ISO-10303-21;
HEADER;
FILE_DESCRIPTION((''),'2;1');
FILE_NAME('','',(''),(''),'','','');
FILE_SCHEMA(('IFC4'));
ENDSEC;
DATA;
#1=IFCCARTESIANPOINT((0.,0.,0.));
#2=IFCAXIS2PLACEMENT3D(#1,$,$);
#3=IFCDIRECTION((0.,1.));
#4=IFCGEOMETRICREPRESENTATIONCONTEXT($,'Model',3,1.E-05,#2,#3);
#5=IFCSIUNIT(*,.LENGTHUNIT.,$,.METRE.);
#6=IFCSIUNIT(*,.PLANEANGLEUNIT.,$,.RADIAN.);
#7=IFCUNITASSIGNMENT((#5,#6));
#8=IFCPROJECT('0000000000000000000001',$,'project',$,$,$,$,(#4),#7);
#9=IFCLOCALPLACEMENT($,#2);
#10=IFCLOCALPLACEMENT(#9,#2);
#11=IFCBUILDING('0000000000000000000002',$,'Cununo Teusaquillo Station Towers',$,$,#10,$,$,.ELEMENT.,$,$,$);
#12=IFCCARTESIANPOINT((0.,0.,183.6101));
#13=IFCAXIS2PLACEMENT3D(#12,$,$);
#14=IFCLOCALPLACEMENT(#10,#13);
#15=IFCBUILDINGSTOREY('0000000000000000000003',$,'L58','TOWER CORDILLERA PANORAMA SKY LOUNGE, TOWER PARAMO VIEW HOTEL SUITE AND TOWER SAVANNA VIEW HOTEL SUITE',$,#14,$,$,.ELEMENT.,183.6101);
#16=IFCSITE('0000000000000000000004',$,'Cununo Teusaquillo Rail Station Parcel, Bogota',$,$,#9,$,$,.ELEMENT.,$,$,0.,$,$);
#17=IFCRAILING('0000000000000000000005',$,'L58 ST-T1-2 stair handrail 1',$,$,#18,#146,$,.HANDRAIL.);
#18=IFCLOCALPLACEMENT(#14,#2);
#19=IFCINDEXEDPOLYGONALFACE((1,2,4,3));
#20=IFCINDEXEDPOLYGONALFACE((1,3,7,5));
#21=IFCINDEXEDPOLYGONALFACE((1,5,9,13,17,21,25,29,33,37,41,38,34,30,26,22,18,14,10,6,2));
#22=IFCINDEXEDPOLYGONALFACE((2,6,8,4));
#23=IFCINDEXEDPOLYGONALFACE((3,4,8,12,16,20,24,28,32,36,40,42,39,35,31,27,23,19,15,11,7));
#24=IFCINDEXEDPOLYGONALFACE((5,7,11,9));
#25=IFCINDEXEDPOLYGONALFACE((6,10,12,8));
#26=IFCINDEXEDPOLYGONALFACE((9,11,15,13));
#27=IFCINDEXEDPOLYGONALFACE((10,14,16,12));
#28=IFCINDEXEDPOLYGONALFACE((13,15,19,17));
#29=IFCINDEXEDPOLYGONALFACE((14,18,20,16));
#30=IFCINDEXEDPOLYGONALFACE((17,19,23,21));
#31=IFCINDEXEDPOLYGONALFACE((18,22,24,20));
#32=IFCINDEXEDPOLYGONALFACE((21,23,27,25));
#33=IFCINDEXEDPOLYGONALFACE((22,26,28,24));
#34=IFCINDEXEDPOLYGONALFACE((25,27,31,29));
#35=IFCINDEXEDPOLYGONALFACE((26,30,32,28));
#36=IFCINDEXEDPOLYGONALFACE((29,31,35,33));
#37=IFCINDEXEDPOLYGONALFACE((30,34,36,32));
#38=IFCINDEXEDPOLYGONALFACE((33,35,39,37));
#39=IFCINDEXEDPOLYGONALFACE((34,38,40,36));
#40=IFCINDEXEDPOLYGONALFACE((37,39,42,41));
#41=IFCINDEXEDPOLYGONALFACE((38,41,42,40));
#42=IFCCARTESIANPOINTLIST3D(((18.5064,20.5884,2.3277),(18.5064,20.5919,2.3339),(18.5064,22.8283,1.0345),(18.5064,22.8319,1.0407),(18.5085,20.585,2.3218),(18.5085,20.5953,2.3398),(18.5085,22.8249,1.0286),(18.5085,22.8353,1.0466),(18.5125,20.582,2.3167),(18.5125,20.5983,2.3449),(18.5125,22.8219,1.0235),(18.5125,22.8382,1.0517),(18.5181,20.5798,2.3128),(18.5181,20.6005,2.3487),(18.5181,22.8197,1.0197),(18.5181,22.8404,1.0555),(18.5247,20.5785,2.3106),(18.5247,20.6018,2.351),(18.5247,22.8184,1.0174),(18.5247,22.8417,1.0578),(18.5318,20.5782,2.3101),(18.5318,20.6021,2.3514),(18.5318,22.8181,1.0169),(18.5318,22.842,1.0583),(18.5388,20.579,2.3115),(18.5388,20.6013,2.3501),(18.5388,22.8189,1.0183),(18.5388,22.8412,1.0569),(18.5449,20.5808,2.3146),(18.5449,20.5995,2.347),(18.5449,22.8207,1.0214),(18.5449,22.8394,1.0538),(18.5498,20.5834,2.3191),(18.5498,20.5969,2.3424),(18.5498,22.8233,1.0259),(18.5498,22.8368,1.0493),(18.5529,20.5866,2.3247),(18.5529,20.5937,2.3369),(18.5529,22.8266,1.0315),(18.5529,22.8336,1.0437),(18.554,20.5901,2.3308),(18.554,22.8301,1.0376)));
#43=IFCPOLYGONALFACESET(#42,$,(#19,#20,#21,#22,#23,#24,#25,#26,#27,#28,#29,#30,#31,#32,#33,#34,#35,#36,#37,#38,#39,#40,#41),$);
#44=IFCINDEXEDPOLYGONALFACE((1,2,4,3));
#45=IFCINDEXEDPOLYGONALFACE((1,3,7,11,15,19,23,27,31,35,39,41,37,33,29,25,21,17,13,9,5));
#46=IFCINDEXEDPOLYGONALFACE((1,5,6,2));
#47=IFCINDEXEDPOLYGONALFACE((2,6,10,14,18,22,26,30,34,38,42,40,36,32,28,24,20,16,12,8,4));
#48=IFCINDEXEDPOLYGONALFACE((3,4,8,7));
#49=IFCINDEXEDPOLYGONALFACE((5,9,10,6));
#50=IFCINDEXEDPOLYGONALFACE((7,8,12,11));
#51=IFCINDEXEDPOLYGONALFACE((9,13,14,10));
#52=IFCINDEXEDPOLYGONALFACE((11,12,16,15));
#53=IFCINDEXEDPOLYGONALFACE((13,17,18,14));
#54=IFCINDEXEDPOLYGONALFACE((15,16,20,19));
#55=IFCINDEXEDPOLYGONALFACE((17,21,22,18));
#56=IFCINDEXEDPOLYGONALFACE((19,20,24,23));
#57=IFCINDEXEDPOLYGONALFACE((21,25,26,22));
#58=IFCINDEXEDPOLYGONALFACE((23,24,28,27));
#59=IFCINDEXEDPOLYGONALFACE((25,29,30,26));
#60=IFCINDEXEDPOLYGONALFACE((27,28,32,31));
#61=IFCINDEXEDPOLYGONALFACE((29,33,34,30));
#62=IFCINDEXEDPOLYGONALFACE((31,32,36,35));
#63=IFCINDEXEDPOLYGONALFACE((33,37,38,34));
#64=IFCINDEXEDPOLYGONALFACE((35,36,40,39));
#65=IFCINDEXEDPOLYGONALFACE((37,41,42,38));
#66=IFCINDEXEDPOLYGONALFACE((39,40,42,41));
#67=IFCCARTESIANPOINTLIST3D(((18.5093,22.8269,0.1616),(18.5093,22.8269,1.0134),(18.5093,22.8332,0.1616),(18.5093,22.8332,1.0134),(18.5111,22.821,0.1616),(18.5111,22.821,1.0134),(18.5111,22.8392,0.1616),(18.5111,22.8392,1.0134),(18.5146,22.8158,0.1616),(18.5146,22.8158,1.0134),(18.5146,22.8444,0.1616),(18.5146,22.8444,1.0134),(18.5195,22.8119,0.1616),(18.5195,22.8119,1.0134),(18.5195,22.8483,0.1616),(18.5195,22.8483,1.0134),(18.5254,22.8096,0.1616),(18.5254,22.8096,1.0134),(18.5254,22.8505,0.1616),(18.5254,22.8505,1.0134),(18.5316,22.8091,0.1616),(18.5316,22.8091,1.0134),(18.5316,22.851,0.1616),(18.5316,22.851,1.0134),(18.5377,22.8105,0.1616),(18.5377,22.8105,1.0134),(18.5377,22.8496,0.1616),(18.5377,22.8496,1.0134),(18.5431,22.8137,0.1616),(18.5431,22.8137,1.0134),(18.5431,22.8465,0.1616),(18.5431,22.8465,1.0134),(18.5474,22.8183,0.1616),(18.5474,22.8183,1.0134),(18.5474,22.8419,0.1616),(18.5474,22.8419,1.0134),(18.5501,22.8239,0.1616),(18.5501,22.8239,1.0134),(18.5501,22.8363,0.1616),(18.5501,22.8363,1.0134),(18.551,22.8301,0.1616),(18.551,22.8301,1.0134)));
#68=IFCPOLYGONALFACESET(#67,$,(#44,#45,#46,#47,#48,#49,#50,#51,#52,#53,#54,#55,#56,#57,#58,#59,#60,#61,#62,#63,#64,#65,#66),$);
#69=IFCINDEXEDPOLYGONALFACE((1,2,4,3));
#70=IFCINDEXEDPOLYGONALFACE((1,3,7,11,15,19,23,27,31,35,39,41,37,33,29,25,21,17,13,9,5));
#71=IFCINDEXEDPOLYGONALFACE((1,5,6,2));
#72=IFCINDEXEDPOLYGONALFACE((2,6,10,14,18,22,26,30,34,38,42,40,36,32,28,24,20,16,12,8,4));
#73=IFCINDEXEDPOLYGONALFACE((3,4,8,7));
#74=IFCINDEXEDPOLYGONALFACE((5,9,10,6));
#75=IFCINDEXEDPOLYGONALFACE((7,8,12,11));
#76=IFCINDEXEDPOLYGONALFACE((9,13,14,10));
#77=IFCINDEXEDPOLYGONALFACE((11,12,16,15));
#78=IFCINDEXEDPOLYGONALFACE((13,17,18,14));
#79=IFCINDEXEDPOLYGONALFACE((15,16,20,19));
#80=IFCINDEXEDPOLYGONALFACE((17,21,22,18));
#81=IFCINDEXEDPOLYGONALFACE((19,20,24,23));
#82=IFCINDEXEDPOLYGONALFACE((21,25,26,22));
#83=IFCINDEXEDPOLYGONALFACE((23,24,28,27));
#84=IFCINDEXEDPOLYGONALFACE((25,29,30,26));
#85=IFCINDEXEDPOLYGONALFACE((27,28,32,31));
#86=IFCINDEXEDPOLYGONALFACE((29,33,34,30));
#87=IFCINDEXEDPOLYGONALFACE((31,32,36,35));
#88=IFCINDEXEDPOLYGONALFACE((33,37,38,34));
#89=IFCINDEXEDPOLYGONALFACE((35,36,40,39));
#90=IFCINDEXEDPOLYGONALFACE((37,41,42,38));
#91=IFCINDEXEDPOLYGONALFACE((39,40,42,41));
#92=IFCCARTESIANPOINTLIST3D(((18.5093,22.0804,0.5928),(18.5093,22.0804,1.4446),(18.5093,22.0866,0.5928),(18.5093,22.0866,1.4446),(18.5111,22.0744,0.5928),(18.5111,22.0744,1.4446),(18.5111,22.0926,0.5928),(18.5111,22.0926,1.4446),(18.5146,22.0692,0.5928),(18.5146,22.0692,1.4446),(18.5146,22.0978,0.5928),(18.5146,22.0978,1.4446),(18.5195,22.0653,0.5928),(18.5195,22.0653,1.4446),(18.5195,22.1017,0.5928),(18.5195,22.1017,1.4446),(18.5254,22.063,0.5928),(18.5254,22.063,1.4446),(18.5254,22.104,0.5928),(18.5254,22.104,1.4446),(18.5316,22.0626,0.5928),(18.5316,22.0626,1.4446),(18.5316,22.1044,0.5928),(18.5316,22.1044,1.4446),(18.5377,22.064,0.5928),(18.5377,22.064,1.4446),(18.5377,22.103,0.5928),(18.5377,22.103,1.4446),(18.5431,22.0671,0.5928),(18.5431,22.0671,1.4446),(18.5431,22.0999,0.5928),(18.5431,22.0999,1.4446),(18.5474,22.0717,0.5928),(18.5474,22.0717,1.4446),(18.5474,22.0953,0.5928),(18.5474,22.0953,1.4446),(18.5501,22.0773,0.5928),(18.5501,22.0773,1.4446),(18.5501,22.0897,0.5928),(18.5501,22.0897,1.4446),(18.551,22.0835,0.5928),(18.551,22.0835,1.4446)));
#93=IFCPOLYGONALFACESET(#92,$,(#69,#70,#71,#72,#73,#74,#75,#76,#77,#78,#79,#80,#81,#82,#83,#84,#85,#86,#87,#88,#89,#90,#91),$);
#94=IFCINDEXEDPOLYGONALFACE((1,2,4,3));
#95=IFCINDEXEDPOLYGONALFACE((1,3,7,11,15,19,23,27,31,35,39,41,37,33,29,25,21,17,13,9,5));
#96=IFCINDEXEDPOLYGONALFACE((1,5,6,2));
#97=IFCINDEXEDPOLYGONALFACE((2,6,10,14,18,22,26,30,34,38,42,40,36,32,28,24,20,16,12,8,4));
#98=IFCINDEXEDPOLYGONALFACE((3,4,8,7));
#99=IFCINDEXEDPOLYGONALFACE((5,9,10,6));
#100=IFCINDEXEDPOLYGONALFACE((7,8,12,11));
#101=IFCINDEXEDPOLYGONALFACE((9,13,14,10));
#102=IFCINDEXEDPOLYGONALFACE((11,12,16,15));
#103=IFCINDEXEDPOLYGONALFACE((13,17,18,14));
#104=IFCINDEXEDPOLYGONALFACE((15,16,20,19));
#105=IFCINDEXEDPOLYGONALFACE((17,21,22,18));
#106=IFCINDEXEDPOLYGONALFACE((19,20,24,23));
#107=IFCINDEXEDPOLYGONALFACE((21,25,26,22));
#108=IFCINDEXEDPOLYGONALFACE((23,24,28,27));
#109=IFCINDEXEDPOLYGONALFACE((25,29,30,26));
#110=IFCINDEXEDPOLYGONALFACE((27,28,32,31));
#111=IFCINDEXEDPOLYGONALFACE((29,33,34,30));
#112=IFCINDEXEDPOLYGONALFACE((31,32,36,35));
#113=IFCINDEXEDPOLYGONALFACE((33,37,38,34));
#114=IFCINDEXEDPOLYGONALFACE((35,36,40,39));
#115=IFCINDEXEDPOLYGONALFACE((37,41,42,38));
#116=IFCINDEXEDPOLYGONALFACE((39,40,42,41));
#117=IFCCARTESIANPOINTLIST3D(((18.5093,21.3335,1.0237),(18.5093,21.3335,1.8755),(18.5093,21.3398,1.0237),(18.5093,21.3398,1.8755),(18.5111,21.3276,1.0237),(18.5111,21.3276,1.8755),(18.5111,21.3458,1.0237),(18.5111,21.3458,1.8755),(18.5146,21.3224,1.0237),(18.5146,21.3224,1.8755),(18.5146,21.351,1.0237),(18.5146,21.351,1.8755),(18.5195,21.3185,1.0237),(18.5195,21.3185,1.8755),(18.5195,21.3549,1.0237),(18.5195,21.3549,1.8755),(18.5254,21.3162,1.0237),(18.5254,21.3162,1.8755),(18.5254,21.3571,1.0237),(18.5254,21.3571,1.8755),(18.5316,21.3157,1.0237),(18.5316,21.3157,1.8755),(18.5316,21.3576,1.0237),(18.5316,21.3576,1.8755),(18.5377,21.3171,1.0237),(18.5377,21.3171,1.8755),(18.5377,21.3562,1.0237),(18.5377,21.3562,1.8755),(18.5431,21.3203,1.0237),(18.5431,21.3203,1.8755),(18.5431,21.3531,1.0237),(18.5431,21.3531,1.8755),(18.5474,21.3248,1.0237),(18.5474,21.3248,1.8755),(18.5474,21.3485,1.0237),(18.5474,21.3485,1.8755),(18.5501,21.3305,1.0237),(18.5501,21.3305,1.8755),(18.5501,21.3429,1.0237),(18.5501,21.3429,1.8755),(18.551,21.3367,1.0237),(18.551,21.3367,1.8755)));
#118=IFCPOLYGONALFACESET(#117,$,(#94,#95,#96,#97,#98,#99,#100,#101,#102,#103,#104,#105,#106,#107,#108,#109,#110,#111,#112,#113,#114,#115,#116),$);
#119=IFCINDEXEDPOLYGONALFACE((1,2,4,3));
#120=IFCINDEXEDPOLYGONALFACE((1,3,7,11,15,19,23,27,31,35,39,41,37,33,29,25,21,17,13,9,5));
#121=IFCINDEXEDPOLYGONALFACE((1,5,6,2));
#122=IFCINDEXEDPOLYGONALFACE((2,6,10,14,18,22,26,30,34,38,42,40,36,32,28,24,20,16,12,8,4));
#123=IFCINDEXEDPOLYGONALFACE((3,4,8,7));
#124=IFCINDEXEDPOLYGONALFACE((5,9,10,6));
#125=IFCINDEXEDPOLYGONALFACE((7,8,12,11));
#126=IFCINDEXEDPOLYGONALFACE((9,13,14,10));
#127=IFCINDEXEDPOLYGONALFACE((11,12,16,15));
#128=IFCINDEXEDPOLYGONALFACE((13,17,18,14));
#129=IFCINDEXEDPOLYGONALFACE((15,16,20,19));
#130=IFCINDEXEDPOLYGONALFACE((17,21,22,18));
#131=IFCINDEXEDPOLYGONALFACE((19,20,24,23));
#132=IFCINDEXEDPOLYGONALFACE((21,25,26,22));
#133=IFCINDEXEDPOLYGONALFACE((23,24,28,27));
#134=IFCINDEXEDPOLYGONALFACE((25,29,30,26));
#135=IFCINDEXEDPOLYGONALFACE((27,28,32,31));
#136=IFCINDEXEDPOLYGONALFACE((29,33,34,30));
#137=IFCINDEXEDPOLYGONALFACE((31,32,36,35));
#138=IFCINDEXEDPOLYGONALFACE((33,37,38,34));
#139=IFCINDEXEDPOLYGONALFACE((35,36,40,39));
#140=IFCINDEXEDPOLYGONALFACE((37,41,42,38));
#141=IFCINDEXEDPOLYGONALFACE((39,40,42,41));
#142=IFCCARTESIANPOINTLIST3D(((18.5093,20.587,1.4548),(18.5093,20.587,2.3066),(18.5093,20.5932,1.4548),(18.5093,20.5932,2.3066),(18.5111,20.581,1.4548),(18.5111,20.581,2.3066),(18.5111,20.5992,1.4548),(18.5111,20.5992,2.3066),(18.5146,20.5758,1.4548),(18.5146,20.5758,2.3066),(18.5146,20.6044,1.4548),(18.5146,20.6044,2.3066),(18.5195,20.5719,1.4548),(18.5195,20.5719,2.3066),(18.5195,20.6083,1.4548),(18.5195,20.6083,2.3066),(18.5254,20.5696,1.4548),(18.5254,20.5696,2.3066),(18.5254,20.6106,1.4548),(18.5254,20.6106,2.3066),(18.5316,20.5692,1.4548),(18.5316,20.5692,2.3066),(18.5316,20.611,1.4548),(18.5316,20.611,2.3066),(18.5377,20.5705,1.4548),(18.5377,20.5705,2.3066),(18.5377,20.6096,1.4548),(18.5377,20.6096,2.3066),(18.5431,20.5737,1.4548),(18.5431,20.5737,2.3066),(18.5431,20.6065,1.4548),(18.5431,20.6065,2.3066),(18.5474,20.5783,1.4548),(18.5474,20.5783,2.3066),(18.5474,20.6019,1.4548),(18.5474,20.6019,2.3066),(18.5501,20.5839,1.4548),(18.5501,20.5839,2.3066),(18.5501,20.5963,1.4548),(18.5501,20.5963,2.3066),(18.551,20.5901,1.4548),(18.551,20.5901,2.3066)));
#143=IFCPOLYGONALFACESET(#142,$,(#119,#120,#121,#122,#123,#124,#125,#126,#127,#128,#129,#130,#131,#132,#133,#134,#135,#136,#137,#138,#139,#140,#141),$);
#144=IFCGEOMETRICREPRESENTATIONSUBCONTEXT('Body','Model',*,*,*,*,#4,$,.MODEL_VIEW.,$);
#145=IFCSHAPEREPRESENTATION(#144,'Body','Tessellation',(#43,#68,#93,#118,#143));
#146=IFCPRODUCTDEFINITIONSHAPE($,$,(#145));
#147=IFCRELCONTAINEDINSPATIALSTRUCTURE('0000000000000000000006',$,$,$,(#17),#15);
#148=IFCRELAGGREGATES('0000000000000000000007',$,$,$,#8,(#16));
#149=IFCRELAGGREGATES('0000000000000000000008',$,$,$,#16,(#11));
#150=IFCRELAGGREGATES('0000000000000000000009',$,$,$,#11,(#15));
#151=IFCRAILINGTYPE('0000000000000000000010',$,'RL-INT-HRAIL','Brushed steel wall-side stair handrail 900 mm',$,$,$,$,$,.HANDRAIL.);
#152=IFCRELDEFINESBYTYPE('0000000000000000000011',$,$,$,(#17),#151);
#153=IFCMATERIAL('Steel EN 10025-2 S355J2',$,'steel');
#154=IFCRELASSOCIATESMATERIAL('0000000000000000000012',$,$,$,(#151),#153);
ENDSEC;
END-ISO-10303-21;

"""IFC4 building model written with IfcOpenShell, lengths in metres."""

from ifc_helpers import new_model, si_unit, direction, frame, origin, origin_2d, place, context, subcontext, project, spatial, circle, extrude, material, type_object, element, save


model = new_model("IFC4")

# Units and contexts
model_context = context("Model", 3, precision=1e-05, world=origin(), true_north=direction((0.0, 1.0)))
body_context = subcontext(model_context, "Body", "Model", "MODEL_VIEW")
ifc_project = project(units=[si_unit("LENGTHUNIT", "METRE"), si_unit("PLANEANGLEUNIT", "RADIAN")], contexts=[model_context])

# Site, building, storey
site_placement = place(None, origin())
site = spatial("IfcSite", under=ifc_project, at=site_placement, Name="Cununo Teusaquillo Rail Station Parcel, Bogota", CompositionType="ELEMENT", RefElevation=0.0)
building_placement = place(site_placement, origin())
building = spatial("IfcBuilding", under=site, at=building_placement, Name="Cununo Teusaquillo Station Towers", CompositionType="ELEMENT")
storey_placement = place(building_placement, frame((0.0, 0.0, 183.6101)))
storey = spatial("IfcBuildingStorey", under=building, at=storey_placement, Name="L58", Description="TOWER CORDILLERA PANORAMA SKY LOUNGE, TOWER PARAMO VIEW HOTEL SUITE AND TOWER SAVANNA VIEW HOTEL SUITE", CompositionType="ELEMENT", Elevation=183.6101)

# Railing
ifc_material_1 = material(Name="Steel EN 10025-2 S355J2", Category="steel")
railing_type_1 = type_object("IfcRailingType", Name="RL-INT-HRAIL", Description="Brushed steel wall-side stair handrail 900 mm", PredefinedType="HANDRAIL", material=ifc_material_1)
railing_1_placement = place(storey_placement, frame((18.53, 22.8301, 0.1616)))
element("IfcRailing", 1, at=railing_1_placement, inside=storey, type_object=railing_type_1, Name="L58 ST-T1-2 stair handrail 1", PredefinedType="HANDRAIL", context=body_context, shape_type="SweptSolid", body=[
    extrude(circle(Radius=0.0239, at=origin_2d()), frame((0.0, 0.0, 0.876), z_axis=(0.0, -0.866033, 0.499987), x_axis=(1.0, 0.0, 0.0)), (0.0, 0.0, 1.0), 2.5864),
    extrude(circle(Radius=0.021, at=origin_2d()), origin(), (0.0, 0.0, 1.0), 0.8518),
    extrude(circle(Radius=0.021, at=origin_2d()), frame((0.0, -0.7466, 0.4312)), (0.0, 0.0, 1.0), 0.8518),
    extrude(circle(Radius=0.021, at=origin_2d()), frame((0.0, -1.4934, 0.8621)), (0.0, 0.0, 1.0), 0.8518),
    extrude(circle(Radius=0.021, at=origin_2d()), frame((0.0, -2.24, 1.2932)), (0.0, 0.0, 1.0), 0.8518),
])

save(model, "model.ifc")
